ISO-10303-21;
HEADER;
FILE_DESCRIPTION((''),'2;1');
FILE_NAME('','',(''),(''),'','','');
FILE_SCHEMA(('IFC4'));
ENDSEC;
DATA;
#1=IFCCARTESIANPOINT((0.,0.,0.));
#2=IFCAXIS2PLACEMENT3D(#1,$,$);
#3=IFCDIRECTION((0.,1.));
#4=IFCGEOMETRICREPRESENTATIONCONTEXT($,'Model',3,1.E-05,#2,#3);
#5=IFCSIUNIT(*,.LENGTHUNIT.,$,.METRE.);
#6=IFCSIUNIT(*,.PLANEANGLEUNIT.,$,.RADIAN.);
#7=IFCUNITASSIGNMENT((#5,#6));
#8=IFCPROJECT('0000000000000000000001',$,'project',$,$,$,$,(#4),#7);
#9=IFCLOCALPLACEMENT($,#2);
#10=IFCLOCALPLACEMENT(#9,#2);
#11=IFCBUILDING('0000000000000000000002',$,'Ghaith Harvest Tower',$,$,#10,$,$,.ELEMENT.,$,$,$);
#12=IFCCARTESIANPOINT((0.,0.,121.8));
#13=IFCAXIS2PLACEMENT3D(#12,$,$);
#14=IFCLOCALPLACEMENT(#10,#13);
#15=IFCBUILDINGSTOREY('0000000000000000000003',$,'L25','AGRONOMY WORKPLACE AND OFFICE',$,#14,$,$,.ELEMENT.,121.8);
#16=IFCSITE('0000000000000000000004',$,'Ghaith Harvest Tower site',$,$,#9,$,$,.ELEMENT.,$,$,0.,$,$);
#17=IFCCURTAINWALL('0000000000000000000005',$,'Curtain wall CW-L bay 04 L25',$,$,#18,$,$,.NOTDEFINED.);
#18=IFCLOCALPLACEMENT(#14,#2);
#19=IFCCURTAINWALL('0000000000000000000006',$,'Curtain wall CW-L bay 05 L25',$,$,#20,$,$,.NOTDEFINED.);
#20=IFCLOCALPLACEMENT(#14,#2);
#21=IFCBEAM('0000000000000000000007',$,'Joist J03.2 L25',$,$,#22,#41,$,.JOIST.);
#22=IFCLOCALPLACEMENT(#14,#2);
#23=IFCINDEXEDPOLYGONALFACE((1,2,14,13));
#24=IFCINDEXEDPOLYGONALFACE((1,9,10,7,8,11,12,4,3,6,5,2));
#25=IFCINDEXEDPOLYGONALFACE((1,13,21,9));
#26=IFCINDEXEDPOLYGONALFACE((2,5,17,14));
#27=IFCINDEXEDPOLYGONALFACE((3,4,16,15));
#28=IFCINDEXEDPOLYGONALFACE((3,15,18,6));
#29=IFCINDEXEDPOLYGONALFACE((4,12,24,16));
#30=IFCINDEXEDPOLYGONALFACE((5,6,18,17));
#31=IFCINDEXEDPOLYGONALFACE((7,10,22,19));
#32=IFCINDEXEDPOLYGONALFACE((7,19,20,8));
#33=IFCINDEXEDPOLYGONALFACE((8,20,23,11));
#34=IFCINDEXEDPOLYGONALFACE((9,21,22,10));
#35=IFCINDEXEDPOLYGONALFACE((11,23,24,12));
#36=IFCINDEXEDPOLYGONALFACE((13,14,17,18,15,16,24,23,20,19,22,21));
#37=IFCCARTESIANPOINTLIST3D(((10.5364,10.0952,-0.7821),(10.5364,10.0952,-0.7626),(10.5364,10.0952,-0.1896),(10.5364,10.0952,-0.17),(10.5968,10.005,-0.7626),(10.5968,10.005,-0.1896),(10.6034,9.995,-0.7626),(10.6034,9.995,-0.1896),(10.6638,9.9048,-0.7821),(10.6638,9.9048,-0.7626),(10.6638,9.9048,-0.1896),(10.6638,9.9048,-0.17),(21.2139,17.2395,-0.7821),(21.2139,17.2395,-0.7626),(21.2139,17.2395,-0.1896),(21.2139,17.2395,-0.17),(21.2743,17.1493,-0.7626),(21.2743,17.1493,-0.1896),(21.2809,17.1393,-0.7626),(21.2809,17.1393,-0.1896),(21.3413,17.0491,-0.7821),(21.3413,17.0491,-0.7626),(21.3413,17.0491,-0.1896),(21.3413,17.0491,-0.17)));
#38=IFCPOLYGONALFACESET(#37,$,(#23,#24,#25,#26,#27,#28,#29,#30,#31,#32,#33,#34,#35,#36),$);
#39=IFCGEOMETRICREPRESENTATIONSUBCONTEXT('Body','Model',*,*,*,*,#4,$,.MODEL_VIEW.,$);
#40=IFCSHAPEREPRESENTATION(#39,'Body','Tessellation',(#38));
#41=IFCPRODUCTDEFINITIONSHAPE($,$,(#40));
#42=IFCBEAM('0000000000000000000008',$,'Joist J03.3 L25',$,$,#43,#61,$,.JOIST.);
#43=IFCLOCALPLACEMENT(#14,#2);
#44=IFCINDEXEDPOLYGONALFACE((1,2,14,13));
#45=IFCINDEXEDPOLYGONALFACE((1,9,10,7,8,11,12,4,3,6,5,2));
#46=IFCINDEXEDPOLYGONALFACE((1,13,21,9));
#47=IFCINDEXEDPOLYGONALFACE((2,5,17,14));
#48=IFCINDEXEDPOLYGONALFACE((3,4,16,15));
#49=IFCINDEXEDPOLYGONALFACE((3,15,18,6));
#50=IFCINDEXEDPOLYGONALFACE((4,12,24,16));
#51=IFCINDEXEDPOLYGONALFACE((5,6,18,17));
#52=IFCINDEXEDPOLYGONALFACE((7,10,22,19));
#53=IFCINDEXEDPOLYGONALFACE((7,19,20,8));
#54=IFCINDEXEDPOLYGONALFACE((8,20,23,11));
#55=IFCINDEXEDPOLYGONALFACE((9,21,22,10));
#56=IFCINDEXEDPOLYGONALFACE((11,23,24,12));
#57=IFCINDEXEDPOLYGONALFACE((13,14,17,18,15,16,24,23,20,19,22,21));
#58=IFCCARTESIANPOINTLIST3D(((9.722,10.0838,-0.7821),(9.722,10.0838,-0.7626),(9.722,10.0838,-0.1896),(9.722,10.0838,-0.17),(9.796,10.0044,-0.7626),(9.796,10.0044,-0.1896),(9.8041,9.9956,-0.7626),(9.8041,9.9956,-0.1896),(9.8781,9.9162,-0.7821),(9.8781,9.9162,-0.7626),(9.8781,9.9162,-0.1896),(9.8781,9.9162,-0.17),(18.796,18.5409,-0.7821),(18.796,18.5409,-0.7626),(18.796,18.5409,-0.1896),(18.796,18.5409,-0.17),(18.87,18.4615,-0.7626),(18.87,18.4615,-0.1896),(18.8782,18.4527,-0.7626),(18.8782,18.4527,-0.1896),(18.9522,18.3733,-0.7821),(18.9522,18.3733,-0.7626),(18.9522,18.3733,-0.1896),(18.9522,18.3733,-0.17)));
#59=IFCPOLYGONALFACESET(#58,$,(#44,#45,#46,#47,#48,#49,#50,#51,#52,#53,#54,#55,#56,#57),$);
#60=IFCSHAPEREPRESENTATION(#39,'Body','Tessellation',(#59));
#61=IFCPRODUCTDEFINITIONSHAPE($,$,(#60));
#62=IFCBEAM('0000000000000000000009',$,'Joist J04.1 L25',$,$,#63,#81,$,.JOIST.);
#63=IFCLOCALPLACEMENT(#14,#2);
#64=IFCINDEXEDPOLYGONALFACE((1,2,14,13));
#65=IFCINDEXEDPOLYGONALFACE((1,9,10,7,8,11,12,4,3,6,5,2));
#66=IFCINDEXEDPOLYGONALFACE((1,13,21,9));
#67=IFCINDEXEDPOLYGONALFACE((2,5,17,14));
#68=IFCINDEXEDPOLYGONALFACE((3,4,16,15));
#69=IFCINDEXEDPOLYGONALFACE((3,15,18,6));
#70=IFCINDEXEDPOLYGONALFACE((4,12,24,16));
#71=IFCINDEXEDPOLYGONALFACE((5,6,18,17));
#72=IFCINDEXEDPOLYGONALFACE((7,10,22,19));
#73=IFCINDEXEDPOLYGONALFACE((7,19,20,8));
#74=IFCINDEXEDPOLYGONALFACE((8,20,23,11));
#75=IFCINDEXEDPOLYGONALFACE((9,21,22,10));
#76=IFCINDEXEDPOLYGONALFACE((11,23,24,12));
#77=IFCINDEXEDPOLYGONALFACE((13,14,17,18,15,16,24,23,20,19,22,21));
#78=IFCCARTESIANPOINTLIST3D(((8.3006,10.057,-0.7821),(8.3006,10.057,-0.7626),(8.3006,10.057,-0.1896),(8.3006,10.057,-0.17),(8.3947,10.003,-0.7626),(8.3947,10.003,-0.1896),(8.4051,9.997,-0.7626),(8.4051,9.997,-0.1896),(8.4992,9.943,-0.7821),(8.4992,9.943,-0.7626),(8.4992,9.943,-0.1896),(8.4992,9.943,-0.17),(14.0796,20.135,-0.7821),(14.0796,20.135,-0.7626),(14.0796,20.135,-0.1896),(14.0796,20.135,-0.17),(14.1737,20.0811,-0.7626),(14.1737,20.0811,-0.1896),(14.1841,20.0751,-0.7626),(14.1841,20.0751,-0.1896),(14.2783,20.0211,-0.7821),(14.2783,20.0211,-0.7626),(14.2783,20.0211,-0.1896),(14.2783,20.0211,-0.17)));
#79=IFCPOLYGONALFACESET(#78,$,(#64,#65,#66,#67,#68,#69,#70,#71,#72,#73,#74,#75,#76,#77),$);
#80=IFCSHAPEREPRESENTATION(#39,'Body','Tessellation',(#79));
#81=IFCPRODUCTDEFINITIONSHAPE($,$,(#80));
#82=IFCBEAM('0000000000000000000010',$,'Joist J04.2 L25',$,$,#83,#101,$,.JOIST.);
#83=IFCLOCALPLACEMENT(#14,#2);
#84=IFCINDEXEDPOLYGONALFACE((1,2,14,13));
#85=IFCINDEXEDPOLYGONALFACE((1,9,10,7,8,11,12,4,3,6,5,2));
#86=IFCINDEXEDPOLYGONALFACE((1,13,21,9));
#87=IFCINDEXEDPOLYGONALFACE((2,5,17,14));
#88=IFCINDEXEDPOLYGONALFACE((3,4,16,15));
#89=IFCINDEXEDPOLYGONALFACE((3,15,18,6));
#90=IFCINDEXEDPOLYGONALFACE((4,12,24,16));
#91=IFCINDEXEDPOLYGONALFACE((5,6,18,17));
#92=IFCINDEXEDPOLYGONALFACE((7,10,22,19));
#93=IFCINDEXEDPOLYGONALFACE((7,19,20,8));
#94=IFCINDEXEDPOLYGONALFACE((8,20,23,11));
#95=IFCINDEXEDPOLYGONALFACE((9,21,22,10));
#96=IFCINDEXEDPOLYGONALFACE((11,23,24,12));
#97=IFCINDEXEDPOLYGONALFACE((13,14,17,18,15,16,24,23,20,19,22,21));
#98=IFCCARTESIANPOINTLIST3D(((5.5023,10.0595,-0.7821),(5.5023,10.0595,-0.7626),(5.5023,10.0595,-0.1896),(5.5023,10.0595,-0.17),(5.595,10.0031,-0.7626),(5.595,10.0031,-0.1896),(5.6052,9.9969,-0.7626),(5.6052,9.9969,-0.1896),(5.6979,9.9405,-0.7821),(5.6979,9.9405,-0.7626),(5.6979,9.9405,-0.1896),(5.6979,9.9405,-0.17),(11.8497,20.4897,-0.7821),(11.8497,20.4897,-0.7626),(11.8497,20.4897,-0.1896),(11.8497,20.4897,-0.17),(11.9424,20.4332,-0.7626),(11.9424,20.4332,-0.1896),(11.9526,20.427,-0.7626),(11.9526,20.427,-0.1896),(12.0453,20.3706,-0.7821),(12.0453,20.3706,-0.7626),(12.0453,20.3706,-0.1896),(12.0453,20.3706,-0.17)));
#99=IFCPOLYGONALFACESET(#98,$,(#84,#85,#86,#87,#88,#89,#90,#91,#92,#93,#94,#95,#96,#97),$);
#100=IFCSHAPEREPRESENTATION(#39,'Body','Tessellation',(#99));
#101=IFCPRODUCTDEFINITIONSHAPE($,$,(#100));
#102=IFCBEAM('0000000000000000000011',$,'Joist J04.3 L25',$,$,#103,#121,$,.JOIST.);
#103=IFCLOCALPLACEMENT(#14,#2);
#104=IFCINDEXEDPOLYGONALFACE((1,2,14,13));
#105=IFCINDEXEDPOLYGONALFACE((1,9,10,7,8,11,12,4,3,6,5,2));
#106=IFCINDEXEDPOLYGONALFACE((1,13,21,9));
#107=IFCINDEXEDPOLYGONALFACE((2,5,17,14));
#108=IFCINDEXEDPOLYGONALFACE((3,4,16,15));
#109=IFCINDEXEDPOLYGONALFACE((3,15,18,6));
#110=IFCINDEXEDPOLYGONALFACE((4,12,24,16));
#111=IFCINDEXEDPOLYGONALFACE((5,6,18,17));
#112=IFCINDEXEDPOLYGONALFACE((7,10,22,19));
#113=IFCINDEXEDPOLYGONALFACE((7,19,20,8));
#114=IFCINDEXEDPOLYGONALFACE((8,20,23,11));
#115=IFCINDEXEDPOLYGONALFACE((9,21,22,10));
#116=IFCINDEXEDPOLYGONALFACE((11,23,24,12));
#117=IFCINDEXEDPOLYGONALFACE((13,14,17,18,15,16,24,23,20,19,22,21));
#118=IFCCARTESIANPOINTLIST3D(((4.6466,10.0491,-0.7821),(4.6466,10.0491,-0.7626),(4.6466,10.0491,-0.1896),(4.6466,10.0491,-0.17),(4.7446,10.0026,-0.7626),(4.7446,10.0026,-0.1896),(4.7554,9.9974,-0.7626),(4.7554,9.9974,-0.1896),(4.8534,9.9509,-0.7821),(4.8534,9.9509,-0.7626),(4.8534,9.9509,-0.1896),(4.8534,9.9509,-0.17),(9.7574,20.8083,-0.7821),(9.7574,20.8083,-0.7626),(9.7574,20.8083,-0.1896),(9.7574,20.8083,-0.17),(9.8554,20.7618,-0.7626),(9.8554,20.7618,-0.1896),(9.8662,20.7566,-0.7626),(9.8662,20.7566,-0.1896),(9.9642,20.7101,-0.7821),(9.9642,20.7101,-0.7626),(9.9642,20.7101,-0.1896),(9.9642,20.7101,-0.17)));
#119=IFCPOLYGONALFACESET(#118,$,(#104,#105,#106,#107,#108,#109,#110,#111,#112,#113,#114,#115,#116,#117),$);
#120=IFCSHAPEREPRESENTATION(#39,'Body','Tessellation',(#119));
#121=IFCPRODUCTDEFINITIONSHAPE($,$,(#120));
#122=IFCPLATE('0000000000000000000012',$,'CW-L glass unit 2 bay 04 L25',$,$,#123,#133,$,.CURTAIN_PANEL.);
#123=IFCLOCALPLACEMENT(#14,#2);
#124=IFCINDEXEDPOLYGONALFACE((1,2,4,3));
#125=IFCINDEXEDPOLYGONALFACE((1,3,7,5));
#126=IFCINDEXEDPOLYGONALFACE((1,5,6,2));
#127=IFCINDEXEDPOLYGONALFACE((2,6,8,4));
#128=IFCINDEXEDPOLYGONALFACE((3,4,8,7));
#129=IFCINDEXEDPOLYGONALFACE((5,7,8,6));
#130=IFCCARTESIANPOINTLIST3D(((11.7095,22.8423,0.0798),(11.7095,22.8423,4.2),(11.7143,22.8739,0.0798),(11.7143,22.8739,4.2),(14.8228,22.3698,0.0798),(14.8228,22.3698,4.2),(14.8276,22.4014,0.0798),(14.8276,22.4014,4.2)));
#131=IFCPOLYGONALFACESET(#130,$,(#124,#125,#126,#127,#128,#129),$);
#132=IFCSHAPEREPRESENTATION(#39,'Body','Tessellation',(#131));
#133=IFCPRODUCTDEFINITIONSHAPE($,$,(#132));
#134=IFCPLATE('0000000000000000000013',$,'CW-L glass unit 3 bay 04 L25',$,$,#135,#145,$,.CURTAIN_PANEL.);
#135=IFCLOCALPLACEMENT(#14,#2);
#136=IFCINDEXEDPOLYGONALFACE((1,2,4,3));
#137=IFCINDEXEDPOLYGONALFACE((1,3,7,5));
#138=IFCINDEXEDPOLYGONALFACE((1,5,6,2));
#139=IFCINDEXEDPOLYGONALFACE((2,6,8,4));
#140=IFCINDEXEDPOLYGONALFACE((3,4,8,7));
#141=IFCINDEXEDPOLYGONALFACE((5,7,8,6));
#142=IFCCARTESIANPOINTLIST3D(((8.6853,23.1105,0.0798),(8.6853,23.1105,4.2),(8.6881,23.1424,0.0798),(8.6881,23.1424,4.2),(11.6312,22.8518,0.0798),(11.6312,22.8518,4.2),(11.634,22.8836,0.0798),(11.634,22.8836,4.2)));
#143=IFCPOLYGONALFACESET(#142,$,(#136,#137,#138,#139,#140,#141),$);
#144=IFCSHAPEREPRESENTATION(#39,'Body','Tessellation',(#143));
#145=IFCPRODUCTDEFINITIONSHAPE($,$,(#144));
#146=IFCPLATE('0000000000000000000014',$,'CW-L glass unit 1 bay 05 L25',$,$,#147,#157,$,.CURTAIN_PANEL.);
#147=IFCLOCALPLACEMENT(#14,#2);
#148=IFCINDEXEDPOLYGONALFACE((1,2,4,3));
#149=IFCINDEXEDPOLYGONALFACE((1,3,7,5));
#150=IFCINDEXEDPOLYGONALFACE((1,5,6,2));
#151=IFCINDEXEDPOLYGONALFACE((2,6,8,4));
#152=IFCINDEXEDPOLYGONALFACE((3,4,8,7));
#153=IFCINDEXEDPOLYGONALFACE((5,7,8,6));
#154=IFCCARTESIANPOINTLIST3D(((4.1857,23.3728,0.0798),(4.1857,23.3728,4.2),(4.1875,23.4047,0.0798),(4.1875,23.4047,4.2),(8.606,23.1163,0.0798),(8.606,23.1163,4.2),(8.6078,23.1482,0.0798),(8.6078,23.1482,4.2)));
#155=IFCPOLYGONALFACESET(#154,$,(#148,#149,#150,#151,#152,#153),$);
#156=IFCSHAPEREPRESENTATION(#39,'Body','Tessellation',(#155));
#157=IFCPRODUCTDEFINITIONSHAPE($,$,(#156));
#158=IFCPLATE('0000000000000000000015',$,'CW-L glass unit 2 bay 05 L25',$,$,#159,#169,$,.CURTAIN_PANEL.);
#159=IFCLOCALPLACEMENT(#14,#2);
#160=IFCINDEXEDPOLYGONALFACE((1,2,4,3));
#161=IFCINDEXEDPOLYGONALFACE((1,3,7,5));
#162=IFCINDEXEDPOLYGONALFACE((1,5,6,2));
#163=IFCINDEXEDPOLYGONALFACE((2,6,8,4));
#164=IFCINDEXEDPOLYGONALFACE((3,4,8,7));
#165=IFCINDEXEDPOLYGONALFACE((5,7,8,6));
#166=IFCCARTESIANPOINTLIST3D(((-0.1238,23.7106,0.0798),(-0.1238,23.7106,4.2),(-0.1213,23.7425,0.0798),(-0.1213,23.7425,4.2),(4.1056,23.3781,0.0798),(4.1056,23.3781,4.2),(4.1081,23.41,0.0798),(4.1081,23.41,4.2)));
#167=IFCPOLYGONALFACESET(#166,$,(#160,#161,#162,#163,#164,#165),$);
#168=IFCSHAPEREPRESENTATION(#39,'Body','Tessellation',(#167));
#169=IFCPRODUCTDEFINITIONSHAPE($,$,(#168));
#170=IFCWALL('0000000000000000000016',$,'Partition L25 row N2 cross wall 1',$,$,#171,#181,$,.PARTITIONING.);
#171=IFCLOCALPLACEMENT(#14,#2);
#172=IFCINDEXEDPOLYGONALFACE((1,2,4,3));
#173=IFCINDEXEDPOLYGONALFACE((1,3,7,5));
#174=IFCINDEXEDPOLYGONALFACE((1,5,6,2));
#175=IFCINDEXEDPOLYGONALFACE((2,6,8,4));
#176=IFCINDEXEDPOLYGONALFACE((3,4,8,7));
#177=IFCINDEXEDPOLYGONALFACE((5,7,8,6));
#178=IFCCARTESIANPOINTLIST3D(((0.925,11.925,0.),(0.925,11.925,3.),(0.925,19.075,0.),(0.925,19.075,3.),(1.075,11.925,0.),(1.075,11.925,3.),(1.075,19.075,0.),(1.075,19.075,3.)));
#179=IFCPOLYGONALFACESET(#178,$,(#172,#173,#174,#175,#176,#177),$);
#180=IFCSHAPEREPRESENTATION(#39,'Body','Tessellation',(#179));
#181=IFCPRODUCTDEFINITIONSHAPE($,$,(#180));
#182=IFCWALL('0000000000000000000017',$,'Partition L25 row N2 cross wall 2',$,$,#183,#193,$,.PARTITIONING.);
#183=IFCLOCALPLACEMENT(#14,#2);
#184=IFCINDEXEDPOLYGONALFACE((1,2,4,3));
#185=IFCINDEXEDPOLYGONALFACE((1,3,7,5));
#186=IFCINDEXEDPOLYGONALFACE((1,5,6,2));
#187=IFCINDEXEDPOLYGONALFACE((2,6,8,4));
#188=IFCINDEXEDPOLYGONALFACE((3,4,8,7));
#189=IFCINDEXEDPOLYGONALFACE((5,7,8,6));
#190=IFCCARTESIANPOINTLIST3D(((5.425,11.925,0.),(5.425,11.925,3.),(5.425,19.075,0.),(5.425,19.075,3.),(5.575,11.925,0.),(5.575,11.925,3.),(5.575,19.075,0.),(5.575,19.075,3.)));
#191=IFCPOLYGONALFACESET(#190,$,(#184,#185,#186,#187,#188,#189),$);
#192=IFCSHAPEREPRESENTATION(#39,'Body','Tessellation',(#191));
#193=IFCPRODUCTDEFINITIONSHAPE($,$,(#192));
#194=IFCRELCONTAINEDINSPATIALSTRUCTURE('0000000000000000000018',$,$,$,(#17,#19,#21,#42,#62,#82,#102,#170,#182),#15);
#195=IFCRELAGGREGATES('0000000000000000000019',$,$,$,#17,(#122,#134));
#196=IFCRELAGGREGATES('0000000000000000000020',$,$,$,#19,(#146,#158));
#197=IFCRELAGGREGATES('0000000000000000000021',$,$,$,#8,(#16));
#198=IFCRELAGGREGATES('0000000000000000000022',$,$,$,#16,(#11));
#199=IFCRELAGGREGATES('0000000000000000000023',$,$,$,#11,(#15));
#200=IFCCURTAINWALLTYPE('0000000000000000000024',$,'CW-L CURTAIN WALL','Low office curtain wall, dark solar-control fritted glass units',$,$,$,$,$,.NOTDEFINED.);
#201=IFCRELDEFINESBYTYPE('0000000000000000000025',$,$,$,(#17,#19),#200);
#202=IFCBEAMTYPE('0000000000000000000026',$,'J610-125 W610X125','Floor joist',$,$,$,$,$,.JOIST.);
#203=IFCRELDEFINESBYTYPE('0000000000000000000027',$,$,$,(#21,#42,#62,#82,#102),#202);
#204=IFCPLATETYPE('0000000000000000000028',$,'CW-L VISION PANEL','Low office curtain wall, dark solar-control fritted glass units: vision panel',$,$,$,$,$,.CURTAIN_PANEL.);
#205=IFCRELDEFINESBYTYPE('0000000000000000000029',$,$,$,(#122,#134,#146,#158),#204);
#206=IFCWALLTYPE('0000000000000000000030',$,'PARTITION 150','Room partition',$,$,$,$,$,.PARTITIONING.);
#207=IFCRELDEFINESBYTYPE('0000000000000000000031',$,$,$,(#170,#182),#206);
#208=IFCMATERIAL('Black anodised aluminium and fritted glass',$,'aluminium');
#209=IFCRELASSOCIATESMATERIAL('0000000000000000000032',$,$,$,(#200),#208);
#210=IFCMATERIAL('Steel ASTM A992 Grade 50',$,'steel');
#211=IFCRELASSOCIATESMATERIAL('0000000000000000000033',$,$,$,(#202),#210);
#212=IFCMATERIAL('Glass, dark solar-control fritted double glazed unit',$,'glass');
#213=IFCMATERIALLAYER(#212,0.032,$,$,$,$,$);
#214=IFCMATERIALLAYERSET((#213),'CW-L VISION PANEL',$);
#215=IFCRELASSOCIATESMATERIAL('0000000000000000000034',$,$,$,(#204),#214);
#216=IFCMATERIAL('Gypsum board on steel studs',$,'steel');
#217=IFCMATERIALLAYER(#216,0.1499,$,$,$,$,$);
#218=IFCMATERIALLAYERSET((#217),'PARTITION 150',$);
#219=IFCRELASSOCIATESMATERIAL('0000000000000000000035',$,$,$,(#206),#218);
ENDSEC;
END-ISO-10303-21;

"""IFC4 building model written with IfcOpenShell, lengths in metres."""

from ifc_helpers import new_model, si_unit, direction, frame, frame_2d, origin, origin_2d, place, context, subcontext, project, spatial, rectangle, i_section, extrude, material, layer, layer_set, material_profile, profile_set, type_object, element, aggregate, save


model = new_model("IFC4")

# Units and contexts
model_context = context("Model", 3, precision=1e-05, world=origin(), true_north=direction((0.0, 1.0)))
body_context = subcontext(model_context, "Body", "Model", "MODEL_VIEW")
ifc_project = project(units=[si_unit("LENGTHUNIT", "METRE"), si_unit("PLANEANGLEUNIT", "RADIAN")], contexts=[model_context])

# Site, building, storey
site_placement = place(None, origin())
site = spatial("IfcSite", under=ifc_project, at=site_placement, Name="Ghaith Harvest Tower site", CompositionType="ELEMENT", RefElevation=0.0)
building_placement = place(site_placement, origin())
building = spatial("IfcBuilding", under=site, at=building_placement, Name="Ghaith Harvest Tower", CompositionType="ELEMENT")
storey_placement = place(building_placement, frame((0.0, 0.0, 121.8)))
storey = spatial("IfcBuildingStorey", under=building, at=storey_placement, Name="L25", Description="AGRONOMY WORKPLACE AND OFFICE", CompositionType="ELEMENT", Elevation=121.8)

# Curtain wall
ifc_material_1 = material(Name="Black anodised aluminium and fritted glass", Category="aluminium")
curtain_wall_type = type_object("IfcCurtainWallType", Name="CW-L CURTAIN WALL", Description="Low office curtain wall, dark solar-control fritted glass units", PredefinedType="NOTDEFINED", material=ifc_material_1)
curtain_wall_1_placement = place(storey_placement, origin())
curtain_wall_1 = element("IfcCurtainWall", 1, at=curtain_wall_1_placement, inside=storey, type_object=curtain_wall_type, Name="Curtain wall CW-L bay 04 L25", PredefinedType="NOTDEFINED")

# Curtain wall
curtain_wall_2_placement = place(storey_placement, origin())
curtain_wall_2 = element("IfcCurtainWall", 2, at=curtain_wall_2_placement, inside=storey, type_object=curtain_wall_type, Name="Curtain wall CW-L bay 05 L25", PredefinedType="NOTDEFINED")

# Beams
ifc_material_2 = material(Name="Steel ASTM A992 Grade 50", Category="steel")
ifc_material_profile_1 = material_profile(ifc_material_2, i_section(OverallWidth=0.229, OverallDepth=0.6121, WebThickness=0.012, FlangeThickness=0.0195, at=origin_2d()), Name="W610X125")
ifc_profile_set_1 = profile_set([ifc_material_profile_1], Name="Steel ASTM A992 Grade 50")
beam_type_1 = type_object("IfcBeamType", Name="J610-125 W610X125", Description="Floor joist", PredefinedType="JOIST", material=ifc_profile_set_1)
beam_1_placement = place(storey_placement, frame((10.6001, 10.0, -0.4761), z_axis=(0.831116, 0.556098, 0.0), x_axis=(-0.556098, 0.831116, 0.0)))
element("IfcBeam", 3, at=beam_1_placement, inside=storey, type_object=beam_type_1, Name="Joist J03.2 L25", PredefinedType="JOIST", context=body_context, shape_type="SweptSolid", body=[
    extrude(i_section(OverallWidth=0.229, OverallDepth=0.6121, WebThickness=0.012, FlangeThickness=0.0195, at=origin_2d()), origin(), (0.0, 0.0, 1.0), 12.8472),
])
beam_2_placement = place(storey_placement, frame((9.8, 10.0, -0.4761), z_axis=(0.731538, 0.681801, 0.0), x_axis=(-0.681801, 0.731538, 0.0)))
element("IfcBeam", 4, at=beam_2_placement, inside=storey, type_object=beam_type_1, Name="Joist J03.3 L25", PredefinedType="JOIST", context=body_context, shape_type="SweptSolid", body=[
    extrude(i_section(OverallWidth=0.229, OverallDepth=0.6121, WebThickness=0.012, FlangeThickness=0.0195, at=origin_2d()), origin(), (0.0, 0.0, 1.0), 12.4041),
])
beam_3_placement = place(storey_placement, frame((8.3999, 10.0, -0.4761), z_axis=(0.497444, 0.867496, 0.0), x_axis=(-0.867496, 0.497444, 0.0)))
element("IfcBeam", 5, at=beam_3_placement, inside=storey, type_object=beam_type_1, Name="Joist J04.1 L25", PredefinedType="JOIST", context=body_context, shape_type="SweptSolid", body=[
    extrude(i_section(OverallWidth=0.229, OverallDepth=0.6121, WebThickness=0.012, FlangeThickness=0.0195, at=origin_2d()), origin(), (0.0, 0.0, 1.0), 11.6174),
])
beam_4_placement = place(storey_placement, frame((5.6001, 10.0, -0.4761), z_axis=(0.519864, 0.854249, 0.0), x_axis=(-0.854249, 0.519864, 0.0)))
element("IfcBeam", 6, at=beam_4_placement, inside=storey, type_object=beam_type_1, Name="Joist J04.2 L25", PredefinedType="JOIST", context=body_context, shape_type="SweptSolid", body=[
    extrude(i_section(OverallWidth=0.229, OverallDepth=0.6121, WebThickness=0.012, FlangeThickness=0.0195, at=origin_2d()), origin(), (0.0, 0.0, 1.0), 12.2097),
])
beam_5_placement = place(storey_placement, frame((4.75, 10.0, -0.4761), z_axis=(0.429069, 0.903272, 0.0), x_axis=(-0.903272, 0.429069, 0.0)))
element("IfcBeam", 7, at=beam_5_placement, inside=storey, type_object=beam_type_1, Name="Joist J04.3 L25", PredefinedType="JOIST", context=body_context, shape_type="SweptSolid", body=[
    extrude(i_section(OverallWidth=0.229, OverallDepth=0.6121, WebThickness=0.012, FlangeThickness=0.0195, at=origin_2d()), origin(), (0.0, 0.0, 1.0), 11.9114),
])

# Plates
ifc_material_3 = material(Name="Glass, dark solar-control fritted double glazed unit", Category="glass")
ifc_layer_1 = layer(ifc_material_3, 0.032)
ifc_layer_set_1 = layer_set([ifc_layer_1], Name="CW-L VISION PANEL")
plate_type = type_object("IfcPlateType", Name="CW-L VISION PANEL", Description="Low office curtain wall, dark solar-control fritted glass units: vision panel", PredefinedType="CURTAIN_PANEL", material=ifc_layer_set_1)
plate_1_placement = place(storey_placement, frame((13.2686, 22.6218, 0.0798), z_axis=(0.0, 0.0, 1.0), x_axis=(-0.988679, 0.150048, 0.0)))
plate_1 = element("IfcPlate", 8, at=plate_1_placement, type_object=plate_type, Name="CW-L glass unit 2 bay 04 L25", PredefinedType="CURTAIN_PANEL", context=body_context, shape_type="SweptSolid", body=[
    extrude(rectangle(XDim=3.1489, YDim=0.032, at=origin_2d()), origin(), (0.0, 0.0, 1.0), 4.1201),
])
plate_2_placement = place(storey_placement, frame((10.1597, 22.9971, 0.0798), z_axis=(0.0, 0.0, 1.0), x_axis=(-0.996166, 0.087481, 0.0)))
plate_2 = element("IfcPlate", 9, at=plate_2_placement, type_object=plate_type, Name="CW-L glass unit 3 bay 04 L25", PredefinedType="CURTAIN_PANEL", context=body_context, shape_type="SweptSolid", body=[
    extrude(rectangle(XDim=2.9573, YDim=0.032, at=origin_2d()), origin(), (0.0, 0.0, 1.0), 4.1201),
])
aggregate(curtain_wall_1, [plate_1, plate_2])
plate_3_placement = place(storey_placement, frame((6.3967, 23.2605, 0.0798), z_axis=(0.0, 0.0, 1.0), x_axis=(-0.998321, 0.057927, 0.0)))
plate_3 = element("IfcPlate", 10, at=plate_3_placement, type_object=plate_type, Name="CW-L glass unit 1 bay 05 L25", PredefinedType="CURTAIN_PANEL", context=body_context, shape_type="SweptSolid", body=[
    extrude(rectangle(XDim=4.4277, YDim=0.032, at=origin_2d()), origin(), (0.0, 0.0, 1.0), 4.1201),
])
plate_4_placement = place(storey_placement, frame((1.9922, 23.5603, 0.0798), z_axis=(0.0, 0.0, 1.0), x_axis=(-0.996925, 0.07836, 0.0)))
plate_4 = element("IfcPlate", 11, at=plate_4_placement, type_object=plate_type, Name="CW-L glass unit 2 bay 05 L25", PredefinedType="CURTAIN_PANEL", context=body_context, shape_type="SweptSolid", body=[
    extrude(rectangle(XDim=4.2424, YDim=0.032, at=origin_2d()), origin(), (0.0, 0.0, 1.0), 4.1201),
])
aggregate(curtain_wall_2, [plate_3, plate_4])

# Walls
ifc_material_4 = material(Name="Gypsum board on steel studs", Category="steel")
ifc_layer_2 = layer(ifc_material_4, 0.1499)
ifc_layer_set_2 = layer_set([ifc_layer_2], Name="PARTITION 150")
wall_type = type_object("IfcWallType", Name="PARTITION 150", Description="Room partition", PredefinedType="PARTITIONING", material=ifc_layer_set_2)
for number, where, z_axis, x_axis, name in (
    (12, (1.0, 11.925, 0.0), (0.0, 0.0, 1.0), (0.0, 1.0, 0.0), "Partition L25 row N2 cross wall 1"),
    (13, (5.5, 11.925, 0.0), (0.0, 0.0, 1.0), (0.0, 1.0, 0.0), "Partition L25 row N2 cross wall 2"),
):
    element("IfcWall", number, at=place(storey_placement, frame(where, z_axis=z_axis, x_axis=x_axis)), inside=storey, type_object=wall_type, Name=name, PredefinedType="PARTITIONING", context=body_context, shape_type="SweptSolid", body=[
        extrude(rectangle(XDim=7.1499, YDim=0.1499, at=frame_2d((3.575, 0.0))), origin(), (0.0, 0.0, 1.0), 3.0),
    ])

save(model, "model.ifc")
